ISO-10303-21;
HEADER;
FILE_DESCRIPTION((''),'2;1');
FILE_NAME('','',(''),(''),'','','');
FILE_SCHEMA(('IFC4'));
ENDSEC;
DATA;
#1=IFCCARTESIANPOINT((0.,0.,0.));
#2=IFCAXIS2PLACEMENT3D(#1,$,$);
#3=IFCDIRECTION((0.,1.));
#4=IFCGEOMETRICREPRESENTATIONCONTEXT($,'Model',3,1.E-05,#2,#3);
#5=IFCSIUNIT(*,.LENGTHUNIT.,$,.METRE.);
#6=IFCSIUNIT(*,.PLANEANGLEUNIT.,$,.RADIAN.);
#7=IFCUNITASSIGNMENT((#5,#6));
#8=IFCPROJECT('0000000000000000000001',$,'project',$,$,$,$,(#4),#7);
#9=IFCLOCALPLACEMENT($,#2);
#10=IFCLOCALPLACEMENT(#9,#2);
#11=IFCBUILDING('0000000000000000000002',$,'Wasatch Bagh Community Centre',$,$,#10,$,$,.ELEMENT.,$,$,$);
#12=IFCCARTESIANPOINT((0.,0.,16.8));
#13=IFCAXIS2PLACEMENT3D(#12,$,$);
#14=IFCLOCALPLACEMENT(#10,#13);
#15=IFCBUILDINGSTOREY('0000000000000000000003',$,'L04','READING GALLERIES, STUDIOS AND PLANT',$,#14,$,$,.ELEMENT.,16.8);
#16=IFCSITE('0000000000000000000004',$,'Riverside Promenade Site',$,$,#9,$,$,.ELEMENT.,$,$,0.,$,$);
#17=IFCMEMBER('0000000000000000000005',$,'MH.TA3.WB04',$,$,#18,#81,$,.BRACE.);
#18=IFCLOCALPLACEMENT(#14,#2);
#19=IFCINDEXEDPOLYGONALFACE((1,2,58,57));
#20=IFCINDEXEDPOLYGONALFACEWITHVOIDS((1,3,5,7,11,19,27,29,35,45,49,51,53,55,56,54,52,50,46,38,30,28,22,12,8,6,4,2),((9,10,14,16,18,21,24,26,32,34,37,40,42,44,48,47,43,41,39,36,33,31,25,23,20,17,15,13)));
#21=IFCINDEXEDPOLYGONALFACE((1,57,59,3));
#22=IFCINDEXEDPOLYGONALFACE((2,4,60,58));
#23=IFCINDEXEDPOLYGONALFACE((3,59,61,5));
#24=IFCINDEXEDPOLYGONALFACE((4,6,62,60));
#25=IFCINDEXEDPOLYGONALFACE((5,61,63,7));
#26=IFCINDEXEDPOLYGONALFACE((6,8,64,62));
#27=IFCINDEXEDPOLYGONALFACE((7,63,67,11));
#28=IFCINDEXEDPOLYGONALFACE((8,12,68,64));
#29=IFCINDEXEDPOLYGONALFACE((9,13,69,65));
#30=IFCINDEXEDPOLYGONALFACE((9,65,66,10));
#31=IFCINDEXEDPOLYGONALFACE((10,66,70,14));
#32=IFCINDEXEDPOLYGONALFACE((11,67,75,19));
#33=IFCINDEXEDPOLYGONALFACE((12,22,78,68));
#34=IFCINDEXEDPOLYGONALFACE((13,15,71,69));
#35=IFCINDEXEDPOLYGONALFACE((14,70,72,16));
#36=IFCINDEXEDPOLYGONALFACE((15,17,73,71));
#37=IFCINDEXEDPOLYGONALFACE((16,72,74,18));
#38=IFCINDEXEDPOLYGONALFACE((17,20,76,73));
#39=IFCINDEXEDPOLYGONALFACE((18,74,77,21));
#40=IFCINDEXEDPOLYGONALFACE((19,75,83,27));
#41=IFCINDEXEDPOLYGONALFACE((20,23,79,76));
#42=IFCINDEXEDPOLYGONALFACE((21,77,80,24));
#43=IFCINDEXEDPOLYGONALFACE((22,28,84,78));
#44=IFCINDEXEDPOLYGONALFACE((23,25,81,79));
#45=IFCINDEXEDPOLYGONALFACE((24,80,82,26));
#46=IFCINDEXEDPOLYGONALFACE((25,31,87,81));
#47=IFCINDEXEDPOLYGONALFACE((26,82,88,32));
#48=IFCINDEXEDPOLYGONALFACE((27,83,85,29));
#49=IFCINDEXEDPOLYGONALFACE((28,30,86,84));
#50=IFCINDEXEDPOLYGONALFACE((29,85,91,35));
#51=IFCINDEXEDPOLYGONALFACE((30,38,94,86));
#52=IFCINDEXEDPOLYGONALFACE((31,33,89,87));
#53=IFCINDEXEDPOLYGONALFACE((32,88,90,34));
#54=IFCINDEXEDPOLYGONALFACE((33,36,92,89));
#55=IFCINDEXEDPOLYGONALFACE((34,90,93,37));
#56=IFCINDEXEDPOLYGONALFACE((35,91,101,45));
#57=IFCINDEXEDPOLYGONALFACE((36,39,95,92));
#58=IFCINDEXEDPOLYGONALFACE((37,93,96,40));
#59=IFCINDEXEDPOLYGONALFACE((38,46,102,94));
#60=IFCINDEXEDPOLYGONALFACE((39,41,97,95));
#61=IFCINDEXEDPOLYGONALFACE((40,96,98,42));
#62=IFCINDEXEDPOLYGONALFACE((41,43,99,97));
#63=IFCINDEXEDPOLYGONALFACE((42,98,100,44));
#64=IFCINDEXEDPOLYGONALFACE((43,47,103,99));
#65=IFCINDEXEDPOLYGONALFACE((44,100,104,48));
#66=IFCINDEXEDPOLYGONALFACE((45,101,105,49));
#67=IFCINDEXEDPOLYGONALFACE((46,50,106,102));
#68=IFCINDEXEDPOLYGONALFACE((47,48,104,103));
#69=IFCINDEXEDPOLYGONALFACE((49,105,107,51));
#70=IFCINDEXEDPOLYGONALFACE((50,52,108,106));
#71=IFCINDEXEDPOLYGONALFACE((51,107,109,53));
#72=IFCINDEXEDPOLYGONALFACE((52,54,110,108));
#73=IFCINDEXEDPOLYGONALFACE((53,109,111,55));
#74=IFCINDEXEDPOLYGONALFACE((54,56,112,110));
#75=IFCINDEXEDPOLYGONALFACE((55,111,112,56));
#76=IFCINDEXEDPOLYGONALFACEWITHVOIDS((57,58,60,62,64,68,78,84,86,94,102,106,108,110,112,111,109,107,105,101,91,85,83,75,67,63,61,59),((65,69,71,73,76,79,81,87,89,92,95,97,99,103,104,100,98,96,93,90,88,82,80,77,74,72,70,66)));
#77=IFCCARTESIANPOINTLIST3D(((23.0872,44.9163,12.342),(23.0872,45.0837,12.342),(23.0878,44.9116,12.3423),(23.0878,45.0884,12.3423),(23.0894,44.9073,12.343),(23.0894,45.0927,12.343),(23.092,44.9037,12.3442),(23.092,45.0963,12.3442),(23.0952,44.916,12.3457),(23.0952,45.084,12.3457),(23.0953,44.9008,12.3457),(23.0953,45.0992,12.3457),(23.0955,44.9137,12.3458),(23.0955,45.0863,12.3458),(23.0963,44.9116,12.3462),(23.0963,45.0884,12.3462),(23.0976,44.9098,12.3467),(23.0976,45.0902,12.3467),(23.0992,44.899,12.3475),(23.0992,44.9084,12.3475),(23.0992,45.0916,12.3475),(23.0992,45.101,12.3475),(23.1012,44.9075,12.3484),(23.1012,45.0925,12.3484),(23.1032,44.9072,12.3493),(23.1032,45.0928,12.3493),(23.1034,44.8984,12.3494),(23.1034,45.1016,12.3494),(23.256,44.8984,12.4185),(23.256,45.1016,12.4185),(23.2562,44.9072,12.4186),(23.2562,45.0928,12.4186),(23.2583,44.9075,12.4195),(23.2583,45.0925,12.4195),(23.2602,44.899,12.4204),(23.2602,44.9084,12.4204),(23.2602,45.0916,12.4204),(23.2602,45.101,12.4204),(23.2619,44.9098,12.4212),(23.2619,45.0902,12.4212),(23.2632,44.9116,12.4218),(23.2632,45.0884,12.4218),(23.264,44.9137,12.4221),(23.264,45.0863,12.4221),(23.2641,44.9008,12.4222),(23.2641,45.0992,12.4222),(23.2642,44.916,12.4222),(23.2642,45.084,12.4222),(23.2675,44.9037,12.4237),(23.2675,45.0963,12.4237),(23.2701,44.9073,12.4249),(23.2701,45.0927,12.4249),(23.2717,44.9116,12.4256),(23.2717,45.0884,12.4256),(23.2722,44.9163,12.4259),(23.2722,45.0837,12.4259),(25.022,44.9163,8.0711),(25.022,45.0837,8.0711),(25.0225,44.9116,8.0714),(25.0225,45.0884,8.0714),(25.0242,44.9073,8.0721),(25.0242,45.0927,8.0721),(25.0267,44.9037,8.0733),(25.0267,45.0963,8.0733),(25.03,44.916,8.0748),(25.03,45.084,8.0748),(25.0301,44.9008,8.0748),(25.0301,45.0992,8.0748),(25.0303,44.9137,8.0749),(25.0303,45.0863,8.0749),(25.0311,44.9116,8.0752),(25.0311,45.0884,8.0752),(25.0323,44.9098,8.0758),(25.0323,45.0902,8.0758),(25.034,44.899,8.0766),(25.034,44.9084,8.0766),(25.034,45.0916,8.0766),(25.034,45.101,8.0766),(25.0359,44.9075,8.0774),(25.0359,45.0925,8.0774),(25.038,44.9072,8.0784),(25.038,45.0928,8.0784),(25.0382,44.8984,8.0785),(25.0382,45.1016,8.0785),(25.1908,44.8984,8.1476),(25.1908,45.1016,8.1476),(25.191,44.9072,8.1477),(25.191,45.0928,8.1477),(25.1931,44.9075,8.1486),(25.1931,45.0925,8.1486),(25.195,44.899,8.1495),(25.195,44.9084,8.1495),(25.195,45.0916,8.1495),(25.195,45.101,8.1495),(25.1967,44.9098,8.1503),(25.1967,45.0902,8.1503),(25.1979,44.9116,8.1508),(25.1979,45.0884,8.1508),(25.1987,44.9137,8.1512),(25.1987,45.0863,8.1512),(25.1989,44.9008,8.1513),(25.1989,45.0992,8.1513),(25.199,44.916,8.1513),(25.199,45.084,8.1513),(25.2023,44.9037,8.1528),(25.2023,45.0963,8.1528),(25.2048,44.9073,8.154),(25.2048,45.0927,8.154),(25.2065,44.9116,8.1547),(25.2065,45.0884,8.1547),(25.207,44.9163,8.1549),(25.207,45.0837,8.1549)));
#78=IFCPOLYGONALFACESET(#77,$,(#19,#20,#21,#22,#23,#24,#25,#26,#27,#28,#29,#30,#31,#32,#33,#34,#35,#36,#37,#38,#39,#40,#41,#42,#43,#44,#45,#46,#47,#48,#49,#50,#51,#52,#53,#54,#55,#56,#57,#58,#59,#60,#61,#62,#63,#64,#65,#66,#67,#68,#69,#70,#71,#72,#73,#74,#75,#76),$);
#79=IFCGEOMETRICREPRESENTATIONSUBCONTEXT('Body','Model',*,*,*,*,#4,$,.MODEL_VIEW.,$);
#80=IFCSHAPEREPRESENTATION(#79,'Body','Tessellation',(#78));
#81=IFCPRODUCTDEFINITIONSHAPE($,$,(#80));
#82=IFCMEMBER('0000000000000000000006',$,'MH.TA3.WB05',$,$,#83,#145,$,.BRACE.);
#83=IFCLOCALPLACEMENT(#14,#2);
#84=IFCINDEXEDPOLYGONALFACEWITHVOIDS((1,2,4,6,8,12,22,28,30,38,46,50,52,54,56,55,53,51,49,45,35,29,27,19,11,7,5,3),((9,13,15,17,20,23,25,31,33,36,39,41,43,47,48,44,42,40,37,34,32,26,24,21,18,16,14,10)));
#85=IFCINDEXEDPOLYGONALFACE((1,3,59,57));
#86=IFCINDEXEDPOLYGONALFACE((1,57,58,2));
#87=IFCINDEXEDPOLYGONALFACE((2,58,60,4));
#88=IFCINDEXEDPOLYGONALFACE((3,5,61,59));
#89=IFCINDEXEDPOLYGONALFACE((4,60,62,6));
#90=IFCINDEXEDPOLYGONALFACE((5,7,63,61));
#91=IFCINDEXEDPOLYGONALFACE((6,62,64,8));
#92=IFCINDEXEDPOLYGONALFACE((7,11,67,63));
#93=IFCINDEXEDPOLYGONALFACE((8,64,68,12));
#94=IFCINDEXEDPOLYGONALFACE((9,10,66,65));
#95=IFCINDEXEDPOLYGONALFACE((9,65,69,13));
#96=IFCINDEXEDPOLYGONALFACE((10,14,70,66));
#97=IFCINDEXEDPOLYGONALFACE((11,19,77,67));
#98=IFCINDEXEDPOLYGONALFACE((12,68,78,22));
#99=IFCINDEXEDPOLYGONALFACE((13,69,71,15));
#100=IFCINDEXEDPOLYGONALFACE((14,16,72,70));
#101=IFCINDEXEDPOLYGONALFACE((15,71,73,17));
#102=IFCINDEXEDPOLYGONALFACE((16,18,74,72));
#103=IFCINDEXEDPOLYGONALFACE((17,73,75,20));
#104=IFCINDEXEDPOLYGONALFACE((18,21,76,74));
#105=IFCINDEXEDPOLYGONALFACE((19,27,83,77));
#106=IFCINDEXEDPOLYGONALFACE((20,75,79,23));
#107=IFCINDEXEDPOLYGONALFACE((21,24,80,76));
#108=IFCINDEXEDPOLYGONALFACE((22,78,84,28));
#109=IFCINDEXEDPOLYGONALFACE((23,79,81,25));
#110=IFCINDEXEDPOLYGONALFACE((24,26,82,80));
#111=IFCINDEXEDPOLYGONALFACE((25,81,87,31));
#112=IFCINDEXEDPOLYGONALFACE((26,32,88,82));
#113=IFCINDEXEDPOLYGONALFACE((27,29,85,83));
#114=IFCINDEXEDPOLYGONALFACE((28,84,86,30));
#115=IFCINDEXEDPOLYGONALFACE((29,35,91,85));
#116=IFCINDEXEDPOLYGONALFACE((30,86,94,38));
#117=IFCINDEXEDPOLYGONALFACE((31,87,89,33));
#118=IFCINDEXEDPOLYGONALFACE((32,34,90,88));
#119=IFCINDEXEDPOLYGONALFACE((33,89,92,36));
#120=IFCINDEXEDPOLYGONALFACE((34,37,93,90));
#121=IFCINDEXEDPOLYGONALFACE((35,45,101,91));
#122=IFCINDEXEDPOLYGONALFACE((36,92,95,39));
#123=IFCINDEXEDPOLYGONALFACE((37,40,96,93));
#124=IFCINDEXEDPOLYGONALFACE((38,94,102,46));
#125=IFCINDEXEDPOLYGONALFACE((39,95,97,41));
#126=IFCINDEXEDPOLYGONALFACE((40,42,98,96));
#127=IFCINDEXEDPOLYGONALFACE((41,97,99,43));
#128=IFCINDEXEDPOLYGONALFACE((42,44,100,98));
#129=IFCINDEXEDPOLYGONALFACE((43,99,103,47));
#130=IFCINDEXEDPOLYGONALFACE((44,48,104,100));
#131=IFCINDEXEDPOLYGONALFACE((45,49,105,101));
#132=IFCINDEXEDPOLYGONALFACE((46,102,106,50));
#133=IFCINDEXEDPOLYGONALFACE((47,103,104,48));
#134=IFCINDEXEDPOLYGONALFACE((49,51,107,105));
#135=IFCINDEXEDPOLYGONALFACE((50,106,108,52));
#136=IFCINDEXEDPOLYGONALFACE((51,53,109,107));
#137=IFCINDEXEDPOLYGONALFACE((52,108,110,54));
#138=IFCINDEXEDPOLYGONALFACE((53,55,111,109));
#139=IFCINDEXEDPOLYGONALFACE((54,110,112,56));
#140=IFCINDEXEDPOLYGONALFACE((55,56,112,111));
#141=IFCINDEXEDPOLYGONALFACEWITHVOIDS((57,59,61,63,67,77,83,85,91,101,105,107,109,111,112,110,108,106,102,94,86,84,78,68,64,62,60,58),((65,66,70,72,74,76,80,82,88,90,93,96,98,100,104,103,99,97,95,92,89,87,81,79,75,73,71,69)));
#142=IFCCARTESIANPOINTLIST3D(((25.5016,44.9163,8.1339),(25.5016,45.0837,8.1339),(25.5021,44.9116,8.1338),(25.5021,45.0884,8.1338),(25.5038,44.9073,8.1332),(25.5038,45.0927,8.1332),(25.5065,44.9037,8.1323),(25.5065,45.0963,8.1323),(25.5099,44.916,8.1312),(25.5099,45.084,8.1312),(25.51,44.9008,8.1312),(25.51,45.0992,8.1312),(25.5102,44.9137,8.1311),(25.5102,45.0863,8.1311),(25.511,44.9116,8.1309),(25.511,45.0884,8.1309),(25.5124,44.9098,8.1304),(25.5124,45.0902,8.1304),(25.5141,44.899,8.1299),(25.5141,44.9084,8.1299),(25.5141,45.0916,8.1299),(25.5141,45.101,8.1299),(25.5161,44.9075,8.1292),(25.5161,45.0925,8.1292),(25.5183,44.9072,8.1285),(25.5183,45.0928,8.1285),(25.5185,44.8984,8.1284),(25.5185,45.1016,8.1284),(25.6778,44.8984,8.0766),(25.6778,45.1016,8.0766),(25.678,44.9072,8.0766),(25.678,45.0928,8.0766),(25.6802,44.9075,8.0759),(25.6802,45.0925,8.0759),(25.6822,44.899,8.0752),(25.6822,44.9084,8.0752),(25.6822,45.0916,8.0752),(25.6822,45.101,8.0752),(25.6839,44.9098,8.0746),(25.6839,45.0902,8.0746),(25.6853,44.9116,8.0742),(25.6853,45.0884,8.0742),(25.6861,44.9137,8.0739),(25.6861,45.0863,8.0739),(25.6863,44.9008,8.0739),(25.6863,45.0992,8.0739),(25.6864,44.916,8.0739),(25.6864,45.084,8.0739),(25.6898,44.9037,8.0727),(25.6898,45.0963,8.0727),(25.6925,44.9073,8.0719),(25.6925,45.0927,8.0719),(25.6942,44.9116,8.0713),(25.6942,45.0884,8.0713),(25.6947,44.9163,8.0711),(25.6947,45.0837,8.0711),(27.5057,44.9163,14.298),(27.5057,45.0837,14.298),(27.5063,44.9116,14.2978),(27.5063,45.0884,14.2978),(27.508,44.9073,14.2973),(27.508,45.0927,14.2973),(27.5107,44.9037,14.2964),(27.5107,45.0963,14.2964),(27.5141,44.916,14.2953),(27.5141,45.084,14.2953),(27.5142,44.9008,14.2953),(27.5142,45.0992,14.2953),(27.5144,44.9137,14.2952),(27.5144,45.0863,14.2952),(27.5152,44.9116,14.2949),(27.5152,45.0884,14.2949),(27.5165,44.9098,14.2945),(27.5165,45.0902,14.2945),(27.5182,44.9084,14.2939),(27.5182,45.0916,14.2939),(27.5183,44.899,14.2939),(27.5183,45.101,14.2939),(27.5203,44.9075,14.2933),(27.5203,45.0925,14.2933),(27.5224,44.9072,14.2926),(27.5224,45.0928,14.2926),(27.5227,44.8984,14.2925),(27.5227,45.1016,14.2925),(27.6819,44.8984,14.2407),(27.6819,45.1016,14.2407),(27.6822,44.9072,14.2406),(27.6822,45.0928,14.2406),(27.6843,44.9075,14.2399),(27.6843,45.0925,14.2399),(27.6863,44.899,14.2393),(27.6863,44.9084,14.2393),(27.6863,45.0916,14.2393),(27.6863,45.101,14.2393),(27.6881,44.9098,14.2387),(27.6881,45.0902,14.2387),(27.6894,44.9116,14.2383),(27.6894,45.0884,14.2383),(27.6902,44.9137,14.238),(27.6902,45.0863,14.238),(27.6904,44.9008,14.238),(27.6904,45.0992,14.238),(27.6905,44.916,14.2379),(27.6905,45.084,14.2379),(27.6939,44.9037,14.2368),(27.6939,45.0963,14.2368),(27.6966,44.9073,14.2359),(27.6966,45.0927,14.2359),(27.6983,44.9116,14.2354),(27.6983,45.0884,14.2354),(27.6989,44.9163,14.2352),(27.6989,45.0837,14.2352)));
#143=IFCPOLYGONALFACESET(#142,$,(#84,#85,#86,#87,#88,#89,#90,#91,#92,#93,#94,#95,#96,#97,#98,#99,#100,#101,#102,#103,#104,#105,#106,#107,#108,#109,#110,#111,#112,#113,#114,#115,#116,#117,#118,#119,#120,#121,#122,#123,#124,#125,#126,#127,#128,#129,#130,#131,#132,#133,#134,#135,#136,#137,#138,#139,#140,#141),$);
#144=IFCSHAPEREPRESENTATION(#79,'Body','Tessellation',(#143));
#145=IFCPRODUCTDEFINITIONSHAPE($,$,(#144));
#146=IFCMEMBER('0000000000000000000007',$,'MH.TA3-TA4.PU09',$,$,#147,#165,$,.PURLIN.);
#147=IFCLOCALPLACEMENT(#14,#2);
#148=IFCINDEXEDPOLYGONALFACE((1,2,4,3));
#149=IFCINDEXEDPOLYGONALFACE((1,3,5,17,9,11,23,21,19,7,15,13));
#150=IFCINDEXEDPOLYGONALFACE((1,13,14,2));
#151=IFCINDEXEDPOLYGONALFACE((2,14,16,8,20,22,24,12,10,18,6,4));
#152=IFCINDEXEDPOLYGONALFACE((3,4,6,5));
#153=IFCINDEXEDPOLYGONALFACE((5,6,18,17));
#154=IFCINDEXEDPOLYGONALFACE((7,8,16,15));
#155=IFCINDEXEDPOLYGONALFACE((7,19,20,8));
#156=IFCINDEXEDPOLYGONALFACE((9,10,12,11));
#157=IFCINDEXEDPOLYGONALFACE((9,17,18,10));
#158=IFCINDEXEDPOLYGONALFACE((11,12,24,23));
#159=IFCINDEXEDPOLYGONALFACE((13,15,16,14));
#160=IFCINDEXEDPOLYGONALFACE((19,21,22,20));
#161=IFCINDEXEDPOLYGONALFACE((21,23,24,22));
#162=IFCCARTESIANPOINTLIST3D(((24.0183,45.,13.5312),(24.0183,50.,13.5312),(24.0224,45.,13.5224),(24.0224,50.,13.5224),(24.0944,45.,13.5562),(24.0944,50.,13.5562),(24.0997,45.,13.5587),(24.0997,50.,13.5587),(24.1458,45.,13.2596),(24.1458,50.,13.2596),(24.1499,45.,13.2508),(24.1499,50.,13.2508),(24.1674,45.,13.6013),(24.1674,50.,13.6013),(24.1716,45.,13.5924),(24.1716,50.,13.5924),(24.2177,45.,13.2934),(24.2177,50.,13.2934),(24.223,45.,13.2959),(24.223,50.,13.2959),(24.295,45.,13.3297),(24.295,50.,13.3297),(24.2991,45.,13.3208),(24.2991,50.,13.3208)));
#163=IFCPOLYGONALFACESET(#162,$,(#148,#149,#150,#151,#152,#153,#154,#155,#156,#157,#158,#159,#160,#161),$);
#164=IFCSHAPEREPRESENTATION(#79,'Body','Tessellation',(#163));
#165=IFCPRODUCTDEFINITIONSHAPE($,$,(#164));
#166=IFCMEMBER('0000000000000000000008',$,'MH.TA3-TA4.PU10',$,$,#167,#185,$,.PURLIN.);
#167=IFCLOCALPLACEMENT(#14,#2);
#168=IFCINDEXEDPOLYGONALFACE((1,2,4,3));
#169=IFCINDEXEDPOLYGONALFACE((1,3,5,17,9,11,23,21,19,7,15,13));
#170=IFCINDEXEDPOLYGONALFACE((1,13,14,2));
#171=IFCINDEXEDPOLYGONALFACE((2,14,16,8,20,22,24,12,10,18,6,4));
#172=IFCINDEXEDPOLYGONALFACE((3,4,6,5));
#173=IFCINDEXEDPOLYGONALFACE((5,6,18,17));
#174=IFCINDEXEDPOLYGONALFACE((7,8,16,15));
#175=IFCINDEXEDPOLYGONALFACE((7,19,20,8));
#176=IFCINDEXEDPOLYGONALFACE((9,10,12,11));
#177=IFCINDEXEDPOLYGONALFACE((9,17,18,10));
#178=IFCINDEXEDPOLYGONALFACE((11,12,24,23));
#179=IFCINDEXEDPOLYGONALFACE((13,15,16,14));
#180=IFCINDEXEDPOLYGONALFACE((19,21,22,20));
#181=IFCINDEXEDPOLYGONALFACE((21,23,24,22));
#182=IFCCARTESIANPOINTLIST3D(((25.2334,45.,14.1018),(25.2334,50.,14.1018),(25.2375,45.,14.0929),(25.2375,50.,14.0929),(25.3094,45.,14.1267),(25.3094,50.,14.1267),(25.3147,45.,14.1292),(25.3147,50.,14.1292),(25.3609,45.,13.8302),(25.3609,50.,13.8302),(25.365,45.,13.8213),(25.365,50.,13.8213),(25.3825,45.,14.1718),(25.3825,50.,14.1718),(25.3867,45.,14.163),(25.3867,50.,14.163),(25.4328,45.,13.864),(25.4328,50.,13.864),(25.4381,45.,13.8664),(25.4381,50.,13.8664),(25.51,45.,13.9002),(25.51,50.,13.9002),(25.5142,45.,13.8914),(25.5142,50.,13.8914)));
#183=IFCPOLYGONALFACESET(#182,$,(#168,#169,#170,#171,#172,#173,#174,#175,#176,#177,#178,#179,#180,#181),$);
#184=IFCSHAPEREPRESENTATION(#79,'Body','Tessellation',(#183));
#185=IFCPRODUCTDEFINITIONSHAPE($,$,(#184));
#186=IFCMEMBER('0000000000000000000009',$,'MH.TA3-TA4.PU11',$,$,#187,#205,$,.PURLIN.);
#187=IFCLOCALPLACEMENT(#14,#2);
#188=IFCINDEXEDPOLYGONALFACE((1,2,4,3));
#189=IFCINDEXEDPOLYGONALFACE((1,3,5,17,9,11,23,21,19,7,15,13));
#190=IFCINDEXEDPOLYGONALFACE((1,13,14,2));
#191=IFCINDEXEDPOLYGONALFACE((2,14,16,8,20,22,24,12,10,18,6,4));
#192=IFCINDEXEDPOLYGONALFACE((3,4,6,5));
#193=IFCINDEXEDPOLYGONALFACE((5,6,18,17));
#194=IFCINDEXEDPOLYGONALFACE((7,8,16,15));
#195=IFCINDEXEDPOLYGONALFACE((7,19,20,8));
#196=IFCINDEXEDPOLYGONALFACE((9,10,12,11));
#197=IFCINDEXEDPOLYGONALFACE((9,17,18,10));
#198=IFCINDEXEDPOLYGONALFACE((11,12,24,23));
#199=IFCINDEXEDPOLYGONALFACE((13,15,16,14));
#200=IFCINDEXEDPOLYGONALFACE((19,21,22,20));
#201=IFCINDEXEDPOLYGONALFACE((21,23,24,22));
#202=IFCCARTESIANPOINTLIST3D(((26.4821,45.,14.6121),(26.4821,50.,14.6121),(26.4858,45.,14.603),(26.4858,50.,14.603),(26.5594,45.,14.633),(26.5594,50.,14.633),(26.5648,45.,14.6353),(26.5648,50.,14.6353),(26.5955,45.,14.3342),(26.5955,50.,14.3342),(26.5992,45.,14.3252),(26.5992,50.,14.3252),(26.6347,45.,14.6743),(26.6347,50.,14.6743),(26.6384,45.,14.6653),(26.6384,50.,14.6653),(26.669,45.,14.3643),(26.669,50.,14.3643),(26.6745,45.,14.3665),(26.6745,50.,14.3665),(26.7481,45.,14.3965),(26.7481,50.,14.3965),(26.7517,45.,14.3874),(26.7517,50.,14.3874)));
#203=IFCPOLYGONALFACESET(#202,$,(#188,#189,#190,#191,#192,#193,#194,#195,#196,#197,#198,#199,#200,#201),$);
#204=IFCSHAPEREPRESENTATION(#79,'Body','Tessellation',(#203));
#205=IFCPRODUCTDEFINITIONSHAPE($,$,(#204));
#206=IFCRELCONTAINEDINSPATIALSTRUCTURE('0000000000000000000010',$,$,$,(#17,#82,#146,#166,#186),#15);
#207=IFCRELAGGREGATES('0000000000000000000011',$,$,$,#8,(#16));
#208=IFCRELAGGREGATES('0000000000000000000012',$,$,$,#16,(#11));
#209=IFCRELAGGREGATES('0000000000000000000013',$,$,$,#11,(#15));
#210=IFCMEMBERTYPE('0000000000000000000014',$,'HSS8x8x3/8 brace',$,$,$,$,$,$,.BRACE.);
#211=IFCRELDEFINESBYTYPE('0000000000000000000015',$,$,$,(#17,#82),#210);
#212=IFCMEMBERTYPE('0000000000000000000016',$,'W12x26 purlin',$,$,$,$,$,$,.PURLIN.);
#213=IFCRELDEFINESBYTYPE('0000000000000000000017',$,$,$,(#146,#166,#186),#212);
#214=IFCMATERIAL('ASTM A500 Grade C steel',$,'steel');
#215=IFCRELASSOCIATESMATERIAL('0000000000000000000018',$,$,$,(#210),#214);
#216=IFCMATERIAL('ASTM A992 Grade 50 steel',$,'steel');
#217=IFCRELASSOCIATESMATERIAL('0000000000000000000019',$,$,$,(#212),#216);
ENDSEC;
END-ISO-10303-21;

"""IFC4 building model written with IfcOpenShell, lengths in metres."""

from ifc_helpers import new_model, si_unit, direction, frame, origin, origin_2d, place, context, subcontext, project, spatial, hollow_rectangle, i_section, extrude, material, material_profile, profile_set, type_object, element, save


model = new_model("IFC4")

# Units and contexts
model_context = context("Model", 3, precision=1e-05, world=origin(), true_north=direction((0.0, 1.0)))
body_context = subcontext(model_context, "Body", "Model", "MODEL_VIEW")
ifc_project = project(units=[si_unit("LENGTHUNIT", "METRE"), si_unit("PLANEANGLEUNIT", "RADIAN")], contexts=[model_context])

# Site, building, storey
site_placement = place(None, origin())
site = spatial("IfcSite", under=ifc_project, at=site_placement, Name="Riverside Promenade Site", CompositionType="ELEMENT", RefElevation=0.0)
building_placement = place(site_placement, origin())
building = spatial("IfcBuilding", under=site, at=building_placement, Name="Wasatch Bagh Community Centre", CompositionType="ELEMENT")
storey_placement = place(building_placement, frame((0.0, 0.0, 16.8)))
storey = spatial("IfcBuildingStorey", under=building, at=storey_placement, Name="L04", Description="READING GALLERIES, STUDIOS AND PLANT", CompositionType="ELEMENT", Elevation=16.8)

# Members
ifc_material_1 = material(Name="ASTM A500 Grade C steel", Category="steel")
ifc_material_profile_1 = material_profile(ifc_material_1, hollow_rectangle(XDim=0.2031, YDim=0.2031, WallThickness=0.0088, InnerFilletRadius=0.0088, OuterFilletRadius=0.0178, at=origin_2d()), Name="HSS8x8x3/8")
ifc_profile_set_1 = profile_set([ifc_material_profile_1], Name="ASTM A500 Grade C steel")
member_type_1 = type_object("IfcMemberType", Name="HSS8x8x3/8 brace", PredefinedType="BRACE", material=ifc_profile_set_1)
member_1_placement = place(storey_placement, frame((25.1145, 45.0, 8.113), z_axis=(-0.412645, 0.0, 0.910892), x_axis=(0.0, -1.0, 0.0)))
element("IfcMember", 1, at=member_1_placement, inside=storey, type_object=member_type_1, Name="MH.TA3.WB04", PredefinedType="BRACE", context=body_context, shape_type="SweptSolid", body=[
    extrude(hollow_rectangle(XDim=0.2031, YDim=0.2031, WallThickness=0.0088, InnerFilletRadius=0.0088, OuterFilletRadius=0.0178, at=origin_2d()), origin(), (0.0, 0.0, 1.0), 4.6887),
])
member_2_placement = place(storey_placement, frame((25.5981, 45.0, 8.1025), z_axis=(0.309202, 0.0, 0.950996), x_axis=(0.0, 1.0, 0.0)))
element("IfcMember", 2, at=member_2_placement, inside=storey, type_object=member_type_1, Name="MH.TA3.WB05", PredefinedType="BRACE", context=body_context, shape_type="SweptSolid", body=[
    extrude(hollow_rectangle(XDim=0.2031, YDim=0.2031, WallThickness=0.0088, InnerFilletRadius=0.0088, OuterFilletRadius=0.0178, at=origin_2d()), origin(), (0.0, 0.0, 1.0), 6.4817),
])
ifc_material_2 = material(Name="ASTM A992 Grade 50 steel", Category="steel")
ifc_material_profile_2 = material_profile(ifc_material_2, i_section(OverallWidth=0.1648, OverallDepth=0.3098, WebThickness=0.0059, FlangeThickness=0.0098, at=origin_2d()), Name="W12x26")
ifc_profile_set_2 = profile_set([ifc_material_profile_2], Name="ASTM A992 Grade 50 steel")
member_type_2 = type_object("IfcMemberType", Name="W12x26 purlin", PredefinedType="PURLIN", material=ifc_profile_set_2)
for number, where, z_axis, x_axis, name in (
    (3, (24.1587, 45.0, 13.426), (0.0, 1.0, 0.0), (-0.905205, 0.0, -0.424976), "MH.TA3-TA4.PU09"),
    (4, (25.3738, 45.0, 13.9966), (0.0, 1.0, 0.0), (-0.905205, 0.0, -0.424976), "MH.TA3-TA4.PU10"),
    (5, (26.6169, 45.0, 14.4998), (0.0, 1.0, 0.0), (-0.925934, 0.0, -0.377686), "MH.TA3-TA4.PU11"),
):
    element("IfcMember", number, at=place(storey_placement, frame(where, z_axis=z_axis, x_axis=x_axis)), inside=storey, type_object=member_type_2, Name=name, PredefinedType="PURLIN", context=body_context, shape_type="SweptSolid", body=[
        extrude(i_section(OverallWidth=0.1648, OverallDepth=0.3098, WebThickness=0.0059, FlangeThickness=0.0098, at=origin_2d()), origin(), (0.0, 0.0, 1.0), 5.0),
    ])

save(model, "model.ifc")
